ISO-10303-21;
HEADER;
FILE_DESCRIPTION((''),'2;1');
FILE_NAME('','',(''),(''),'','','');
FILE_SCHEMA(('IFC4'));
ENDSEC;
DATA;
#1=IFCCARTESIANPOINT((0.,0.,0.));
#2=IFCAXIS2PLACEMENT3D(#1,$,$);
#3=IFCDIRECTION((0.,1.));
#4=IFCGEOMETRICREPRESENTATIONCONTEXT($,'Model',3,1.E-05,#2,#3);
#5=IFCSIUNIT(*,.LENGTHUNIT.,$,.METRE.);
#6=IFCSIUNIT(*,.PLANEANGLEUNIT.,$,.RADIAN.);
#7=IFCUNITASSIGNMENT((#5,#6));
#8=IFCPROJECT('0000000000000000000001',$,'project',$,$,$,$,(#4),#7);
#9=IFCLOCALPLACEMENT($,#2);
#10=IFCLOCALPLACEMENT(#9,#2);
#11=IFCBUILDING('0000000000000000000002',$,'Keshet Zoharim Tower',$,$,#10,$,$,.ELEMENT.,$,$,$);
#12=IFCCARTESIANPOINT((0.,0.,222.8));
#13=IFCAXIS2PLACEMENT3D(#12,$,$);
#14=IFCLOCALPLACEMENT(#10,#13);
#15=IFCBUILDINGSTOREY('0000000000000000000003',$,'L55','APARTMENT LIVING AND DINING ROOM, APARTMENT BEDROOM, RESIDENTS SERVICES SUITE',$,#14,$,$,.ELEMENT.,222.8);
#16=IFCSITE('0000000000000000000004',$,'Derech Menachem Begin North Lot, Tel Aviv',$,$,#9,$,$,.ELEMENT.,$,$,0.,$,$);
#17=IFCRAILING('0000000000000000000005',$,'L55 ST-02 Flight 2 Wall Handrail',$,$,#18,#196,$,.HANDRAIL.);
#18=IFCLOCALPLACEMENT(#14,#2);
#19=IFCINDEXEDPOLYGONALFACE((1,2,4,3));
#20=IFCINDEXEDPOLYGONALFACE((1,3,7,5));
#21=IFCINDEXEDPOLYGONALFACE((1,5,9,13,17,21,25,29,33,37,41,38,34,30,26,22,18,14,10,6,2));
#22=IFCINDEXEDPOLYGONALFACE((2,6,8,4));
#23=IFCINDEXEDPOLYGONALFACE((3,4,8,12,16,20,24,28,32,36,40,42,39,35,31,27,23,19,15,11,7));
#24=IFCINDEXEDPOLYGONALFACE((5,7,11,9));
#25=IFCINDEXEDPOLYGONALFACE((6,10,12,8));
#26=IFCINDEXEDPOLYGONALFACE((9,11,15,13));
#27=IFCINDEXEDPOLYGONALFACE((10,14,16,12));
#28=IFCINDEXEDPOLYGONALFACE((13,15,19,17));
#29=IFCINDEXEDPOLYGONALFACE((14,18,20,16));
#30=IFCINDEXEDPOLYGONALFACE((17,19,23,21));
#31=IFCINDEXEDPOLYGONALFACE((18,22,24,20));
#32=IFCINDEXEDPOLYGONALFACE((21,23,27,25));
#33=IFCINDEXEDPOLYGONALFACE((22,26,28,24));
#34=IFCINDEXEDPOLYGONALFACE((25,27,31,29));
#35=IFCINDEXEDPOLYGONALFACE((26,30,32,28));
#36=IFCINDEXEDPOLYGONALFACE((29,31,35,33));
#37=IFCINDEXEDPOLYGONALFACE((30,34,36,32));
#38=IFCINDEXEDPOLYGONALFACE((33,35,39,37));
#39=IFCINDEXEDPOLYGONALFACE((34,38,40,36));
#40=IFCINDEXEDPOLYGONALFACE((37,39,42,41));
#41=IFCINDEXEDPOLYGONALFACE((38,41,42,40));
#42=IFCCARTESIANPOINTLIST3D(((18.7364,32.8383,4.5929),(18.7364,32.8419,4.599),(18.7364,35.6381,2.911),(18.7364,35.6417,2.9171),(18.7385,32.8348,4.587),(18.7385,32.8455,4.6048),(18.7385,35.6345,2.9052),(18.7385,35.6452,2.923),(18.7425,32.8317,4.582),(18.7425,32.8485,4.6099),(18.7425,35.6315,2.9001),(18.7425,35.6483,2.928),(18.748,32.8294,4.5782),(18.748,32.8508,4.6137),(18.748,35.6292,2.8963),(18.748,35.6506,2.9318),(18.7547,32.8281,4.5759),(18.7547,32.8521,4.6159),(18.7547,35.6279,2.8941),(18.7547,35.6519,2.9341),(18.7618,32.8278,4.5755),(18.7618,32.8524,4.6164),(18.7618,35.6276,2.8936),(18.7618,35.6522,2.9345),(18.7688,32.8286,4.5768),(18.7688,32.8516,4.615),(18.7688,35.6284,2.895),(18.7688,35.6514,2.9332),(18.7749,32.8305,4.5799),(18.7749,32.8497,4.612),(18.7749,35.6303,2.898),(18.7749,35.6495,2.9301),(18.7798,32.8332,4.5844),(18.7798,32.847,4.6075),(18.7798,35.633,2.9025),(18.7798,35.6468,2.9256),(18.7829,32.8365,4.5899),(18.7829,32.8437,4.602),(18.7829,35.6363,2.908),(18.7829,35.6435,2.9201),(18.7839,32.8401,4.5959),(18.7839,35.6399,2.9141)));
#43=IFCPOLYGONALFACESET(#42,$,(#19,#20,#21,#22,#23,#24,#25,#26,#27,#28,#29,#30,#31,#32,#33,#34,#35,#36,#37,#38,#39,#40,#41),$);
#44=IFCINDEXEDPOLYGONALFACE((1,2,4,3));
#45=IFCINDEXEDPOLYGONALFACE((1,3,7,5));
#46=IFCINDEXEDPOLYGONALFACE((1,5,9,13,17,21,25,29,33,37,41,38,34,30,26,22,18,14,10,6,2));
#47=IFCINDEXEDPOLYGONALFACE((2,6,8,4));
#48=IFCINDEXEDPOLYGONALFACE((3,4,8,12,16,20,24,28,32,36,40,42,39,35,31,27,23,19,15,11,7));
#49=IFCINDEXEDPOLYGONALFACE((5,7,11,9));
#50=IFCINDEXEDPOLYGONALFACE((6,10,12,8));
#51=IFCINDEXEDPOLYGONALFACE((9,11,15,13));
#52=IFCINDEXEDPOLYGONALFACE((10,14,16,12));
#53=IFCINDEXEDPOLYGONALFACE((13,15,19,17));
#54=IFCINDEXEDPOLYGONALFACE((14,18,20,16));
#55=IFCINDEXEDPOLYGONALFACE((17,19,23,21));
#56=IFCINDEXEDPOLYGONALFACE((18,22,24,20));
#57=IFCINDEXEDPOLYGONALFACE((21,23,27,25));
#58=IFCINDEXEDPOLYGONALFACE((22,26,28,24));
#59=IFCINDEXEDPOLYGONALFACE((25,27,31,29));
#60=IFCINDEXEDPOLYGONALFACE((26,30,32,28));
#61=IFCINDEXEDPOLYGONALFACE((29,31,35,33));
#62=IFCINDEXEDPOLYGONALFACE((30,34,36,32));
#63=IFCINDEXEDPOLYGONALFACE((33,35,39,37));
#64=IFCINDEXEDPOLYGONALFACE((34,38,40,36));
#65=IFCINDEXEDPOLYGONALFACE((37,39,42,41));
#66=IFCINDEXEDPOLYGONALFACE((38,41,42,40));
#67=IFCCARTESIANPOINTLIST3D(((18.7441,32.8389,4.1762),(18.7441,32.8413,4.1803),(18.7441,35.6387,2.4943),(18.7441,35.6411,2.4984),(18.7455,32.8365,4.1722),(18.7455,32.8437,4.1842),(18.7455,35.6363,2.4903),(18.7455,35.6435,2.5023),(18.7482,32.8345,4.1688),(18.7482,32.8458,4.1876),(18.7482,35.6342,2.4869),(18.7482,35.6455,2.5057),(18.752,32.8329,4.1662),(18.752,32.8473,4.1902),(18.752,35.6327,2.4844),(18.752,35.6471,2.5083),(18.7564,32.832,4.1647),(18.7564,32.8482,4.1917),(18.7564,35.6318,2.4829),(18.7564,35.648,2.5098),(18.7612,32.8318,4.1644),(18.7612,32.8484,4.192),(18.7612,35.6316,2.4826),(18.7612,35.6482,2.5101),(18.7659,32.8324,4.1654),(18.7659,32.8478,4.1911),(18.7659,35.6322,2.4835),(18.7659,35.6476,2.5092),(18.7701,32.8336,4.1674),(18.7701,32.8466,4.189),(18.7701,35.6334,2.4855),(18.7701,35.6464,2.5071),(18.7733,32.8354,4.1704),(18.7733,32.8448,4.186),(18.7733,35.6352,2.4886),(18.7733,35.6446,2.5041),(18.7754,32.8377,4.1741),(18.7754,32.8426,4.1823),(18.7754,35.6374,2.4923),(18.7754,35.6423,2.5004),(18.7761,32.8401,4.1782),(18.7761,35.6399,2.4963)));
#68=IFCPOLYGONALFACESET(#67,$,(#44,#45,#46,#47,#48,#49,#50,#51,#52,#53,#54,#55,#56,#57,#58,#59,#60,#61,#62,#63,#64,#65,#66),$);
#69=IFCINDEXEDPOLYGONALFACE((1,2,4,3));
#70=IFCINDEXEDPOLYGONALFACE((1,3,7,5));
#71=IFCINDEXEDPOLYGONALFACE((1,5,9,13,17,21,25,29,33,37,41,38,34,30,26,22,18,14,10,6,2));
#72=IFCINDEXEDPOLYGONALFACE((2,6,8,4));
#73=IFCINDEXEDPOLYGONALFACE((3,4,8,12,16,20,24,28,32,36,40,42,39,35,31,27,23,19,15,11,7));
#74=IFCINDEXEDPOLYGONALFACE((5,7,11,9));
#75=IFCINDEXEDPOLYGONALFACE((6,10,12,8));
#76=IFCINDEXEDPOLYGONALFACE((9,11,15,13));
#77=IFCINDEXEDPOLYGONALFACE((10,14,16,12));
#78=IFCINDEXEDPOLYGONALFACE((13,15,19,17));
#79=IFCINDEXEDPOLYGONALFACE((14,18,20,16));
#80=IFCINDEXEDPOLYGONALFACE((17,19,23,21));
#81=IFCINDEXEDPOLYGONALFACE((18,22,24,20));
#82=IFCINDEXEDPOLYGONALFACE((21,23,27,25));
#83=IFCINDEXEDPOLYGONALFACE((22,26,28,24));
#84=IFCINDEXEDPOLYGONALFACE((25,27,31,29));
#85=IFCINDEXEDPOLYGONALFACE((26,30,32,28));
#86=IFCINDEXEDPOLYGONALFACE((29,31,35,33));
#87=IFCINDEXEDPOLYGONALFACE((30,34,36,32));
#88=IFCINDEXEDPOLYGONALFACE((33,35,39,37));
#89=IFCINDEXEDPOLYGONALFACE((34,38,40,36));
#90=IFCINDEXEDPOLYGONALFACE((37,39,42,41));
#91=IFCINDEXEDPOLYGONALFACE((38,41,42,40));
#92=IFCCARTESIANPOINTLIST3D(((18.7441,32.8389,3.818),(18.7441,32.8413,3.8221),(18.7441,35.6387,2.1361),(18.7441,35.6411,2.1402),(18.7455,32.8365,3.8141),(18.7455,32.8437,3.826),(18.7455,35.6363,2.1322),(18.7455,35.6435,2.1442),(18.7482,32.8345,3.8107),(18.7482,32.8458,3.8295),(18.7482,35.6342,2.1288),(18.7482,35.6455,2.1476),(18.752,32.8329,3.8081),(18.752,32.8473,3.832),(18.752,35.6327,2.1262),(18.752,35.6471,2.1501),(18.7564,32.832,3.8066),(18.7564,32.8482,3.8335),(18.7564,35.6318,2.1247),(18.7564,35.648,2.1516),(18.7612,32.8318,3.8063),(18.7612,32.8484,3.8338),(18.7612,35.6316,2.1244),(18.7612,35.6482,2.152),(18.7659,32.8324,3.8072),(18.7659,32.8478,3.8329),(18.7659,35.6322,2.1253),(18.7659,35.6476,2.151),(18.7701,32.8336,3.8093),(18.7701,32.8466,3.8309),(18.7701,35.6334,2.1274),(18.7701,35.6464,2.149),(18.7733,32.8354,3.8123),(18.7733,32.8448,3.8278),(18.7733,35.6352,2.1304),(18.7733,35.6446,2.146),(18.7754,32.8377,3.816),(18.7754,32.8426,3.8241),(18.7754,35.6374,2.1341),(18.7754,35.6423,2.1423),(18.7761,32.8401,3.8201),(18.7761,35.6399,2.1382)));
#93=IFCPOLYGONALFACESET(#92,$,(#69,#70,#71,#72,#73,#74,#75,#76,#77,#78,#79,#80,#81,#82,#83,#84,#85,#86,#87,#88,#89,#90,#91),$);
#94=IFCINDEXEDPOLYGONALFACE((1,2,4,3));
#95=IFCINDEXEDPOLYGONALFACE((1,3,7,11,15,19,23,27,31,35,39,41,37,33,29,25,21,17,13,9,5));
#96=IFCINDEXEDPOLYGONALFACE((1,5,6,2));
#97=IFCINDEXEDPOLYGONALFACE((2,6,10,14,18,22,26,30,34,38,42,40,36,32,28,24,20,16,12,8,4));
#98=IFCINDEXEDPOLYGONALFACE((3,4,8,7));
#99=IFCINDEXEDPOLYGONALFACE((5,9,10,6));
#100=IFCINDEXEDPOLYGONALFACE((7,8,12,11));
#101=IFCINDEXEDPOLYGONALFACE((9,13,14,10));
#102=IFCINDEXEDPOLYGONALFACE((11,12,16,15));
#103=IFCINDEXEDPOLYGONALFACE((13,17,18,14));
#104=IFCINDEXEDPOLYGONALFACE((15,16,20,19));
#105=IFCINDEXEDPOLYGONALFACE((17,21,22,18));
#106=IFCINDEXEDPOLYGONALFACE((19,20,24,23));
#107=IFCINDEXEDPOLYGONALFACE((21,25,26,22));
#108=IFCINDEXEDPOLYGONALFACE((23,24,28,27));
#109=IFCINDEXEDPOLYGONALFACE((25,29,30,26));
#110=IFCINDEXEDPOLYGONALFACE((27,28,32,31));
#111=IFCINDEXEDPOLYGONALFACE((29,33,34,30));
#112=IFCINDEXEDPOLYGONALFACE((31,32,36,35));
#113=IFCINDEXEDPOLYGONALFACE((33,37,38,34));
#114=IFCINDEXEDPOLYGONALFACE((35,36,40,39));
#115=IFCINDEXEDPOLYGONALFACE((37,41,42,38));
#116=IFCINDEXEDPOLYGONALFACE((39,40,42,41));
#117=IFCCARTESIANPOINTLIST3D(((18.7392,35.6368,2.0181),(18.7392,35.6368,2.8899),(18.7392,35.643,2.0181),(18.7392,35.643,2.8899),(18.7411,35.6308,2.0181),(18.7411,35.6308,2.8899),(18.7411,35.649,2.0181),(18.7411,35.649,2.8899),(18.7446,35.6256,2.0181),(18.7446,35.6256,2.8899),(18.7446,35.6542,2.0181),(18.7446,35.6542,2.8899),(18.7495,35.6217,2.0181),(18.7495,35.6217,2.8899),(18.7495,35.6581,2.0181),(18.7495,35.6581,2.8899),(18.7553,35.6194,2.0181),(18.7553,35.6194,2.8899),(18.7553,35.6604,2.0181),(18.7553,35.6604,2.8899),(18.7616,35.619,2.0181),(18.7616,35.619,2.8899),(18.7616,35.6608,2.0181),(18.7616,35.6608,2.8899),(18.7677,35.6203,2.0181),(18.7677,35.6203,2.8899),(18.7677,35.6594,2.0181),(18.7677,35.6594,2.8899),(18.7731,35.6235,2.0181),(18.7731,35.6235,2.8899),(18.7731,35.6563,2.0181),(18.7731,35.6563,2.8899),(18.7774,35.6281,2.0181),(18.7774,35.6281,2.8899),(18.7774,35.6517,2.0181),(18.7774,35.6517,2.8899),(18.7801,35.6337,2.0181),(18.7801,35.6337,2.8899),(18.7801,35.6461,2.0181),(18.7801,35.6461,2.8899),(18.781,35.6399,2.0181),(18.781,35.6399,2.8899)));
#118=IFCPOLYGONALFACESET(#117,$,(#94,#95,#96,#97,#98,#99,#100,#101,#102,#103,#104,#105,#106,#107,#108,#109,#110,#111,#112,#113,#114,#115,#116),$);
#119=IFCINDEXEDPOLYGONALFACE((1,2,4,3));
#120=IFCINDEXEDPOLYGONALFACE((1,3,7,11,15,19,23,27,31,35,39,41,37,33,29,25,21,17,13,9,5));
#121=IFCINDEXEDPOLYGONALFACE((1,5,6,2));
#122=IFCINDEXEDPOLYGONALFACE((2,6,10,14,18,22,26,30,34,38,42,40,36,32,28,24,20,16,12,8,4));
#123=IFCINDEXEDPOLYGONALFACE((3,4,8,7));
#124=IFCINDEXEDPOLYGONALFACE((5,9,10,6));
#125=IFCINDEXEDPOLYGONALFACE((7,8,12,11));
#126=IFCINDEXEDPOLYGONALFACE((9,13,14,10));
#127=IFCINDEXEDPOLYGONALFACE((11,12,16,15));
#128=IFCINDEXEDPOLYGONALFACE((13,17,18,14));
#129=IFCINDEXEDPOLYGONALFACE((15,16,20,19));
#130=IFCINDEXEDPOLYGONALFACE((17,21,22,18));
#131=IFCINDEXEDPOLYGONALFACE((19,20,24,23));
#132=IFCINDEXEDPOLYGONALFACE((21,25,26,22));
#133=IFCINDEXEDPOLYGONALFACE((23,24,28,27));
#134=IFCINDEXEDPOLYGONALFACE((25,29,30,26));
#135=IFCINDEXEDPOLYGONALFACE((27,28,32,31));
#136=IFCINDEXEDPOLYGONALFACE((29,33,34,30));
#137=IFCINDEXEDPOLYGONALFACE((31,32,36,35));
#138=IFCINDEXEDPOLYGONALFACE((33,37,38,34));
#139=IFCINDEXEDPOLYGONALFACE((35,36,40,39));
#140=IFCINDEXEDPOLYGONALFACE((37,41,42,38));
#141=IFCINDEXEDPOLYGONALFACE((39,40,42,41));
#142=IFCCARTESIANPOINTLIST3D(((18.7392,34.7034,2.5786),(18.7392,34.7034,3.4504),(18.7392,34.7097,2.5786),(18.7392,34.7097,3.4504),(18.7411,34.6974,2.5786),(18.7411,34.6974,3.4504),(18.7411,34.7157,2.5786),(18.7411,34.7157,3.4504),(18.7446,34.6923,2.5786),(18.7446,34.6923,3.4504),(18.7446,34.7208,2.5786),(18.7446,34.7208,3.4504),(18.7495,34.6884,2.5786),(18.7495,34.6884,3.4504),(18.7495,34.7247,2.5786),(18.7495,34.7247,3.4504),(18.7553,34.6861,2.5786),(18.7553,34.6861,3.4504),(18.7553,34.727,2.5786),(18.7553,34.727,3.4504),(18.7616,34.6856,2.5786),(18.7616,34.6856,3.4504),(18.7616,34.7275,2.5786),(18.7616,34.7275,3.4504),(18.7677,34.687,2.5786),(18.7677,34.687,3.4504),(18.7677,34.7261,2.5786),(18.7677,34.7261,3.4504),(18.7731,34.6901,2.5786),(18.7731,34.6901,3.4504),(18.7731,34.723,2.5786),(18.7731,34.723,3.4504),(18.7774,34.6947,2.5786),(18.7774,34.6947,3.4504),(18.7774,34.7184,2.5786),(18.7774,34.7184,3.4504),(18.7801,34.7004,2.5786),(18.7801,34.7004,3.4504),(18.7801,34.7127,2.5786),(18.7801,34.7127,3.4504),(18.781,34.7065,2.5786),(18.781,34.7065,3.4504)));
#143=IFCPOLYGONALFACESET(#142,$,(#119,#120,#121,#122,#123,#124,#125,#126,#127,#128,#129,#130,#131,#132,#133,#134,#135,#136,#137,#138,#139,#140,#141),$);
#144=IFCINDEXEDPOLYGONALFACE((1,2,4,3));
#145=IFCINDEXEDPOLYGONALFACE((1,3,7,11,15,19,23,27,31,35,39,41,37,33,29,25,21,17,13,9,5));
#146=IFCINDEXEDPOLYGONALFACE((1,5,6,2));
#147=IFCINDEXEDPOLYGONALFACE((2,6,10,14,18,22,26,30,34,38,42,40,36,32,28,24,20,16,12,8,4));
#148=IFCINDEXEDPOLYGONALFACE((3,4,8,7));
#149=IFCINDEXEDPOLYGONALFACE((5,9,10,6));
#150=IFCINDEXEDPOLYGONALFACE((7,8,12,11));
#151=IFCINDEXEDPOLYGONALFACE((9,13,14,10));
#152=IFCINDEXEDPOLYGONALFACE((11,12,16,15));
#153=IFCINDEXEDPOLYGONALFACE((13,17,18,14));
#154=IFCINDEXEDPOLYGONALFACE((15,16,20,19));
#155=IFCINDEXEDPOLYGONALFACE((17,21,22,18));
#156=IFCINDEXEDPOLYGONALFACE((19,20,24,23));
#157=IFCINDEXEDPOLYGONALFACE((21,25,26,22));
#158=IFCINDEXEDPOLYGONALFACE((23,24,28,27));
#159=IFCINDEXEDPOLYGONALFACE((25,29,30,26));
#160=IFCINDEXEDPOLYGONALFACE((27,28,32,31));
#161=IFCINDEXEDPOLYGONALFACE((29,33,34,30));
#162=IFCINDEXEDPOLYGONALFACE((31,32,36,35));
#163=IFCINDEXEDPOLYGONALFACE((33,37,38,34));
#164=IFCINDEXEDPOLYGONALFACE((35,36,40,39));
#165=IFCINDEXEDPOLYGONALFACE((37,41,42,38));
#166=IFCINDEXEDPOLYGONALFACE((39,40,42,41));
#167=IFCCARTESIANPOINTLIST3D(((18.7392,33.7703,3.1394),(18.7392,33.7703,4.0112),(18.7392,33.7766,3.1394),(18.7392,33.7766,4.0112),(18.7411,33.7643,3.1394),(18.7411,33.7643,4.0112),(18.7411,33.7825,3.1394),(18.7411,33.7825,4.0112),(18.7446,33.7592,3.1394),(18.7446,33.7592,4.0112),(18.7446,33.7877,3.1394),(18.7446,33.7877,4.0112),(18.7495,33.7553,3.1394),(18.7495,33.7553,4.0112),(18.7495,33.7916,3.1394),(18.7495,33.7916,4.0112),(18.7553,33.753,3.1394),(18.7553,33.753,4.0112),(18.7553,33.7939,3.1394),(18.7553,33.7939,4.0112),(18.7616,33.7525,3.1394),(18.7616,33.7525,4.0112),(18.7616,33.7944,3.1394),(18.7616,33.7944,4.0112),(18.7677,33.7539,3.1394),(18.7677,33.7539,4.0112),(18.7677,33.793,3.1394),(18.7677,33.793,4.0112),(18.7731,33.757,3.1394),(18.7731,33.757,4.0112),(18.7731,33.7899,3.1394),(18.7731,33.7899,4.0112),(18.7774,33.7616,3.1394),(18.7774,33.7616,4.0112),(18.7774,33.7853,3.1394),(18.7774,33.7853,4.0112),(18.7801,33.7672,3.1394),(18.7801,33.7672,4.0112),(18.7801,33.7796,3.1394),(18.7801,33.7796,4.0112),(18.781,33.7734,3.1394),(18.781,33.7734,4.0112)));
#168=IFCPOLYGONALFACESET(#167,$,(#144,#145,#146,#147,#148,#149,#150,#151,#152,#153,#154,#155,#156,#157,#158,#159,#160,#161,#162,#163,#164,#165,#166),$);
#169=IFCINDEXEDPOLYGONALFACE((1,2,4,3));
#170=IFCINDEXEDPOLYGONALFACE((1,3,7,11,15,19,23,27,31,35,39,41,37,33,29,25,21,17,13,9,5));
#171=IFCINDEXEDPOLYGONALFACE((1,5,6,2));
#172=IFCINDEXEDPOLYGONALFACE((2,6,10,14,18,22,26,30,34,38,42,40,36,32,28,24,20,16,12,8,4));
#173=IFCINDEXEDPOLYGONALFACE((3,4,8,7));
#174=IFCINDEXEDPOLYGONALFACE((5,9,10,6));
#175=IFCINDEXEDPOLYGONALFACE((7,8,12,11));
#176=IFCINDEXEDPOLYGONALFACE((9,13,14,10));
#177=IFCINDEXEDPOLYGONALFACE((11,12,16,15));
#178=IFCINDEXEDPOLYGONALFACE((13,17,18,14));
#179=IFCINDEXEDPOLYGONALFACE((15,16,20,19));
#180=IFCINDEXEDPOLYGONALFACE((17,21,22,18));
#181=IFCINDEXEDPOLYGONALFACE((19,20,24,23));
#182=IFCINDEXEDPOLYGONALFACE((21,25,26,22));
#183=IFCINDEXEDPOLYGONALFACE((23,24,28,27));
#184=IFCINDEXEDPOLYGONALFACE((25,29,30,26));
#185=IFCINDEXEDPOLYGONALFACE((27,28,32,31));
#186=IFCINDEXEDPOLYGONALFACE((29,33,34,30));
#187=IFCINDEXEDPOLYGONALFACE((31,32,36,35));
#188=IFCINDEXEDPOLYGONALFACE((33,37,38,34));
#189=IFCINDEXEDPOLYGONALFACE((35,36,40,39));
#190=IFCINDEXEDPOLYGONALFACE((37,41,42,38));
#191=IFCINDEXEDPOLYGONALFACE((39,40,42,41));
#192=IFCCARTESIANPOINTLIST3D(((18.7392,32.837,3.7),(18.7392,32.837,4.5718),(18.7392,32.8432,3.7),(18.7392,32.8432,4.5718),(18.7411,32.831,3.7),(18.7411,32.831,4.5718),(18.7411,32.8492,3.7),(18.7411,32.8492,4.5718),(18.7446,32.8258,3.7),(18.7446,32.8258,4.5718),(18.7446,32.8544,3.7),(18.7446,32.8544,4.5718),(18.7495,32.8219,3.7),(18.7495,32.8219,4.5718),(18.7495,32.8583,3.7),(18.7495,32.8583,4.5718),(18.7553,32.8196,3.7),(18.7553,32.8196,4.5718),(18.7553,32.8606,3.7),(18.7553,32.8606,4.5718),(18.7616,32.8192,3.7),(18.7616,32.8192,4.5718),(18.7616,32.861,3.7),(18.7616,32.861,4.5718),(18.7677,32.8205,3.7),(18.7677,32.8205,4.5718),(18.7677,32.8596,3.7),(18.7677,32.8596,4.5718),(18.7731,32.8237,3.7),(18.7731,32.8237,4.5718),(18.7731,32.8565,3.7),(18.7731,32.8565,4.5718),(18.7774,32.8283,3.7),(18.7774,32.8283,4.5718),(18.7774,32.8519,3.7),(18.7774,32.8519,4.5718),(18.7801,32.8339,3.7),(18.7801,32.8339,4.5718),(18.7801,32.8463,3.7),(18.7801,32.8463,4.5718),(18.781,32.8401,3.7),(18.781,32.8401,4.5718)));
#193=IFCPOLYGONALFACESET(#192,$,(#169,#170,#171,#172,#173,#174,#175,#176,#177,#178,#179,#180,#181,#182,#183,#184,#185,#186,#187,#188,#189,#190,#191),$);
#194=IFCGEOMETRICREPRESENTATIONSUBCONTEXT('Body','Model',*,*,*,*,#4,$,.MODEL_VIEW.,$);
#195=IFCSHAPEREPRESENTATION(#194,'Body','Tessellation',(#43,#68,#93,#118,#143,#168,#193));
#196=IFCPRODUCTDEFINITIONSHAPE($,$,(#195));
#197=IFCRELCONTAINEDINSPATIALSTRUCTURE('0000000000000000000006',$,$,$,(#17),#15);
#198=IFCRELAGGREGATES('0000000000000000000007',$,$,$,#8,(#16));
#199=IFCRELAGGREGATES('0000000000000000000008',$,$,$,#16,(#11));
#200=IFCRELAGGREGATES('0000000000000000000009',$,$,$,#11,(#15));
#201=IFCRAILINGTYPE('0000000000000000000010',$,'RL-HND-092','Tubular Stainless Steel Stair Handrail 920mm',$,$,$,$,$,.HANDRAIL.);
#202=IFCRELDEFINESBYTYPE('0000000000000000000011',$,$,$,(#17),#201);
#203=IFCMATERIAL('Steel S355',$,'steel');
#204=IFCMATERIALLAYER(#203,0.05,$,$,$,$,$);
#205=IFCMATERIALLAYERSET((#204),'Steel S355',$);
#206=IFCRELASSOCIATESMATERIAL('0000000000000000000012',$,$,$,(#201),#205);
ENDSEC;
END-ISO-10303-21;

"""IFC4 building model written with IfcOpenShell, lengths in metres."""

from ifc_helpers import new_model, si_unit, direction, frame, origin, origin_2d, place, context, subcontext, project, spatial, circle, extrude, material, layer, layer_set, type_object, element, save


model = new_model("IFC4")

# Units and contexts
model_context = context("Model", 3, precision=1e-05, world=origin(), true_north=direction((0.0, 1.0)))
body_context = subcontext(model_context, "Body", "Model", "MODEL_VIEW")
ifc_project = project(units=[si_unit("LENGTHUNIT", "METRE"), si_unit("PLANEANGLEUNIT", "RADIAN")], contexts=[model_context])

# Site, building, storey
site_placement = place(None, origin())
site = spatial("IfcSite", under=ifc_project, at=site_placement, Name="Derech Menachem Begin North Lot, Tel Aviv", CompositionType="ELEMENT", RefElevation=0.0)
building_placement = place(site_placement, origin())
building = spatial("IfcBuilding", under=site, at=building_placement, Name="Keshet Zoharim Tower", CompositionType="ELEMENT")
storey_placement = place(building_placement, frame((0.0, 0.0, 222.8)))
storey = spatial("IfcBuildingStorey", under=building, at=storey_placement, Name="L55", Description="APARTMENT LIVING AND DINING ROOM, APARTMENT BEDROOM, RESIDENTS SERVICES SUITE", CompositionType="ELEMENT", Elevation=222.8)

# Shared definitions
ifc_material_1 = material(Name="Steel S355", Category="steel")

# Railing
ifc_layer_1 = layer(ifc_material_1, 0.05)
ifc_layer_set_1 = layer_set([ifc_layer_1], Name="Steel S355")
railing_type_1 = type_object("IfcRailingType", Name="RL-HND-092", Description="Tubular Stainless Steel Stair Handrail 920mm", PredefinedType="HANDRAIL", material=ifc_layer_set_1)
railing_1_placement = place(storey_placement, frame((18.76, 35.6399, 2.0181)))
element("IfcRailing", 1, at=railing_1_placement, inside=storey, type_object=railing_type_1, Name="L55 ST-02 Flight 2 Wall Handrail", PredefinedType="HANDRAIL", context=body_context, shape_type="SweptSolid", body=[
    extrude(circle(Radius=0.0239, at=origin_2d()), frame((0.0, 0.0, 0.896), z_axis=(0.0, -0.857222, 0.514946), x_axis=(1.0, 0.0, 0.0)), (0.0, 0.0, 1.0), 3.2661),
    extrude(circle(Radius=0.0161, at=origin_2d()), frame((0.0, 0.0, 0.4783), z_axis=(0.0, -0.857222, 0.514946), x_axis=(1.0, 0.0, 0.0)), (0.0, 0.0, 1.0), 3.2661),
    extrude(circle(Radius=0.0161, at=origin_2d()), frame((0.0, 0.0, 0.1201), z_axis=(0.0, -0.857222, 0.514946), x_axis=(1.0, 0.0, 0.0)), (0.0, 0.0, 1.0), 3.2661),
    extrude(circle(Radius=0.021, at=origin_2d()), origin(), (0.0, 0.0, 1.0), 0.8718),
    extrude(circle(Radius=0.021, at=origin_2d()), frame((0.0, -0.9333, 0.5605)), (0.0, 0.0, 1.0), 0.8718),
    extrude(circle(Radius=0.021, at=origin_2d()), frame((0.0, -1.8665, 1.1213)), (0.0, 0.0, 1.0), 0.8718),
    extrude(circle(Radius=0.021, at=origin_2d()), frame((0.0, -2.7998, 1.6819)), (0.0, 0.0, 1.0), 0.8718),
])

save(model, "model.ifc")
